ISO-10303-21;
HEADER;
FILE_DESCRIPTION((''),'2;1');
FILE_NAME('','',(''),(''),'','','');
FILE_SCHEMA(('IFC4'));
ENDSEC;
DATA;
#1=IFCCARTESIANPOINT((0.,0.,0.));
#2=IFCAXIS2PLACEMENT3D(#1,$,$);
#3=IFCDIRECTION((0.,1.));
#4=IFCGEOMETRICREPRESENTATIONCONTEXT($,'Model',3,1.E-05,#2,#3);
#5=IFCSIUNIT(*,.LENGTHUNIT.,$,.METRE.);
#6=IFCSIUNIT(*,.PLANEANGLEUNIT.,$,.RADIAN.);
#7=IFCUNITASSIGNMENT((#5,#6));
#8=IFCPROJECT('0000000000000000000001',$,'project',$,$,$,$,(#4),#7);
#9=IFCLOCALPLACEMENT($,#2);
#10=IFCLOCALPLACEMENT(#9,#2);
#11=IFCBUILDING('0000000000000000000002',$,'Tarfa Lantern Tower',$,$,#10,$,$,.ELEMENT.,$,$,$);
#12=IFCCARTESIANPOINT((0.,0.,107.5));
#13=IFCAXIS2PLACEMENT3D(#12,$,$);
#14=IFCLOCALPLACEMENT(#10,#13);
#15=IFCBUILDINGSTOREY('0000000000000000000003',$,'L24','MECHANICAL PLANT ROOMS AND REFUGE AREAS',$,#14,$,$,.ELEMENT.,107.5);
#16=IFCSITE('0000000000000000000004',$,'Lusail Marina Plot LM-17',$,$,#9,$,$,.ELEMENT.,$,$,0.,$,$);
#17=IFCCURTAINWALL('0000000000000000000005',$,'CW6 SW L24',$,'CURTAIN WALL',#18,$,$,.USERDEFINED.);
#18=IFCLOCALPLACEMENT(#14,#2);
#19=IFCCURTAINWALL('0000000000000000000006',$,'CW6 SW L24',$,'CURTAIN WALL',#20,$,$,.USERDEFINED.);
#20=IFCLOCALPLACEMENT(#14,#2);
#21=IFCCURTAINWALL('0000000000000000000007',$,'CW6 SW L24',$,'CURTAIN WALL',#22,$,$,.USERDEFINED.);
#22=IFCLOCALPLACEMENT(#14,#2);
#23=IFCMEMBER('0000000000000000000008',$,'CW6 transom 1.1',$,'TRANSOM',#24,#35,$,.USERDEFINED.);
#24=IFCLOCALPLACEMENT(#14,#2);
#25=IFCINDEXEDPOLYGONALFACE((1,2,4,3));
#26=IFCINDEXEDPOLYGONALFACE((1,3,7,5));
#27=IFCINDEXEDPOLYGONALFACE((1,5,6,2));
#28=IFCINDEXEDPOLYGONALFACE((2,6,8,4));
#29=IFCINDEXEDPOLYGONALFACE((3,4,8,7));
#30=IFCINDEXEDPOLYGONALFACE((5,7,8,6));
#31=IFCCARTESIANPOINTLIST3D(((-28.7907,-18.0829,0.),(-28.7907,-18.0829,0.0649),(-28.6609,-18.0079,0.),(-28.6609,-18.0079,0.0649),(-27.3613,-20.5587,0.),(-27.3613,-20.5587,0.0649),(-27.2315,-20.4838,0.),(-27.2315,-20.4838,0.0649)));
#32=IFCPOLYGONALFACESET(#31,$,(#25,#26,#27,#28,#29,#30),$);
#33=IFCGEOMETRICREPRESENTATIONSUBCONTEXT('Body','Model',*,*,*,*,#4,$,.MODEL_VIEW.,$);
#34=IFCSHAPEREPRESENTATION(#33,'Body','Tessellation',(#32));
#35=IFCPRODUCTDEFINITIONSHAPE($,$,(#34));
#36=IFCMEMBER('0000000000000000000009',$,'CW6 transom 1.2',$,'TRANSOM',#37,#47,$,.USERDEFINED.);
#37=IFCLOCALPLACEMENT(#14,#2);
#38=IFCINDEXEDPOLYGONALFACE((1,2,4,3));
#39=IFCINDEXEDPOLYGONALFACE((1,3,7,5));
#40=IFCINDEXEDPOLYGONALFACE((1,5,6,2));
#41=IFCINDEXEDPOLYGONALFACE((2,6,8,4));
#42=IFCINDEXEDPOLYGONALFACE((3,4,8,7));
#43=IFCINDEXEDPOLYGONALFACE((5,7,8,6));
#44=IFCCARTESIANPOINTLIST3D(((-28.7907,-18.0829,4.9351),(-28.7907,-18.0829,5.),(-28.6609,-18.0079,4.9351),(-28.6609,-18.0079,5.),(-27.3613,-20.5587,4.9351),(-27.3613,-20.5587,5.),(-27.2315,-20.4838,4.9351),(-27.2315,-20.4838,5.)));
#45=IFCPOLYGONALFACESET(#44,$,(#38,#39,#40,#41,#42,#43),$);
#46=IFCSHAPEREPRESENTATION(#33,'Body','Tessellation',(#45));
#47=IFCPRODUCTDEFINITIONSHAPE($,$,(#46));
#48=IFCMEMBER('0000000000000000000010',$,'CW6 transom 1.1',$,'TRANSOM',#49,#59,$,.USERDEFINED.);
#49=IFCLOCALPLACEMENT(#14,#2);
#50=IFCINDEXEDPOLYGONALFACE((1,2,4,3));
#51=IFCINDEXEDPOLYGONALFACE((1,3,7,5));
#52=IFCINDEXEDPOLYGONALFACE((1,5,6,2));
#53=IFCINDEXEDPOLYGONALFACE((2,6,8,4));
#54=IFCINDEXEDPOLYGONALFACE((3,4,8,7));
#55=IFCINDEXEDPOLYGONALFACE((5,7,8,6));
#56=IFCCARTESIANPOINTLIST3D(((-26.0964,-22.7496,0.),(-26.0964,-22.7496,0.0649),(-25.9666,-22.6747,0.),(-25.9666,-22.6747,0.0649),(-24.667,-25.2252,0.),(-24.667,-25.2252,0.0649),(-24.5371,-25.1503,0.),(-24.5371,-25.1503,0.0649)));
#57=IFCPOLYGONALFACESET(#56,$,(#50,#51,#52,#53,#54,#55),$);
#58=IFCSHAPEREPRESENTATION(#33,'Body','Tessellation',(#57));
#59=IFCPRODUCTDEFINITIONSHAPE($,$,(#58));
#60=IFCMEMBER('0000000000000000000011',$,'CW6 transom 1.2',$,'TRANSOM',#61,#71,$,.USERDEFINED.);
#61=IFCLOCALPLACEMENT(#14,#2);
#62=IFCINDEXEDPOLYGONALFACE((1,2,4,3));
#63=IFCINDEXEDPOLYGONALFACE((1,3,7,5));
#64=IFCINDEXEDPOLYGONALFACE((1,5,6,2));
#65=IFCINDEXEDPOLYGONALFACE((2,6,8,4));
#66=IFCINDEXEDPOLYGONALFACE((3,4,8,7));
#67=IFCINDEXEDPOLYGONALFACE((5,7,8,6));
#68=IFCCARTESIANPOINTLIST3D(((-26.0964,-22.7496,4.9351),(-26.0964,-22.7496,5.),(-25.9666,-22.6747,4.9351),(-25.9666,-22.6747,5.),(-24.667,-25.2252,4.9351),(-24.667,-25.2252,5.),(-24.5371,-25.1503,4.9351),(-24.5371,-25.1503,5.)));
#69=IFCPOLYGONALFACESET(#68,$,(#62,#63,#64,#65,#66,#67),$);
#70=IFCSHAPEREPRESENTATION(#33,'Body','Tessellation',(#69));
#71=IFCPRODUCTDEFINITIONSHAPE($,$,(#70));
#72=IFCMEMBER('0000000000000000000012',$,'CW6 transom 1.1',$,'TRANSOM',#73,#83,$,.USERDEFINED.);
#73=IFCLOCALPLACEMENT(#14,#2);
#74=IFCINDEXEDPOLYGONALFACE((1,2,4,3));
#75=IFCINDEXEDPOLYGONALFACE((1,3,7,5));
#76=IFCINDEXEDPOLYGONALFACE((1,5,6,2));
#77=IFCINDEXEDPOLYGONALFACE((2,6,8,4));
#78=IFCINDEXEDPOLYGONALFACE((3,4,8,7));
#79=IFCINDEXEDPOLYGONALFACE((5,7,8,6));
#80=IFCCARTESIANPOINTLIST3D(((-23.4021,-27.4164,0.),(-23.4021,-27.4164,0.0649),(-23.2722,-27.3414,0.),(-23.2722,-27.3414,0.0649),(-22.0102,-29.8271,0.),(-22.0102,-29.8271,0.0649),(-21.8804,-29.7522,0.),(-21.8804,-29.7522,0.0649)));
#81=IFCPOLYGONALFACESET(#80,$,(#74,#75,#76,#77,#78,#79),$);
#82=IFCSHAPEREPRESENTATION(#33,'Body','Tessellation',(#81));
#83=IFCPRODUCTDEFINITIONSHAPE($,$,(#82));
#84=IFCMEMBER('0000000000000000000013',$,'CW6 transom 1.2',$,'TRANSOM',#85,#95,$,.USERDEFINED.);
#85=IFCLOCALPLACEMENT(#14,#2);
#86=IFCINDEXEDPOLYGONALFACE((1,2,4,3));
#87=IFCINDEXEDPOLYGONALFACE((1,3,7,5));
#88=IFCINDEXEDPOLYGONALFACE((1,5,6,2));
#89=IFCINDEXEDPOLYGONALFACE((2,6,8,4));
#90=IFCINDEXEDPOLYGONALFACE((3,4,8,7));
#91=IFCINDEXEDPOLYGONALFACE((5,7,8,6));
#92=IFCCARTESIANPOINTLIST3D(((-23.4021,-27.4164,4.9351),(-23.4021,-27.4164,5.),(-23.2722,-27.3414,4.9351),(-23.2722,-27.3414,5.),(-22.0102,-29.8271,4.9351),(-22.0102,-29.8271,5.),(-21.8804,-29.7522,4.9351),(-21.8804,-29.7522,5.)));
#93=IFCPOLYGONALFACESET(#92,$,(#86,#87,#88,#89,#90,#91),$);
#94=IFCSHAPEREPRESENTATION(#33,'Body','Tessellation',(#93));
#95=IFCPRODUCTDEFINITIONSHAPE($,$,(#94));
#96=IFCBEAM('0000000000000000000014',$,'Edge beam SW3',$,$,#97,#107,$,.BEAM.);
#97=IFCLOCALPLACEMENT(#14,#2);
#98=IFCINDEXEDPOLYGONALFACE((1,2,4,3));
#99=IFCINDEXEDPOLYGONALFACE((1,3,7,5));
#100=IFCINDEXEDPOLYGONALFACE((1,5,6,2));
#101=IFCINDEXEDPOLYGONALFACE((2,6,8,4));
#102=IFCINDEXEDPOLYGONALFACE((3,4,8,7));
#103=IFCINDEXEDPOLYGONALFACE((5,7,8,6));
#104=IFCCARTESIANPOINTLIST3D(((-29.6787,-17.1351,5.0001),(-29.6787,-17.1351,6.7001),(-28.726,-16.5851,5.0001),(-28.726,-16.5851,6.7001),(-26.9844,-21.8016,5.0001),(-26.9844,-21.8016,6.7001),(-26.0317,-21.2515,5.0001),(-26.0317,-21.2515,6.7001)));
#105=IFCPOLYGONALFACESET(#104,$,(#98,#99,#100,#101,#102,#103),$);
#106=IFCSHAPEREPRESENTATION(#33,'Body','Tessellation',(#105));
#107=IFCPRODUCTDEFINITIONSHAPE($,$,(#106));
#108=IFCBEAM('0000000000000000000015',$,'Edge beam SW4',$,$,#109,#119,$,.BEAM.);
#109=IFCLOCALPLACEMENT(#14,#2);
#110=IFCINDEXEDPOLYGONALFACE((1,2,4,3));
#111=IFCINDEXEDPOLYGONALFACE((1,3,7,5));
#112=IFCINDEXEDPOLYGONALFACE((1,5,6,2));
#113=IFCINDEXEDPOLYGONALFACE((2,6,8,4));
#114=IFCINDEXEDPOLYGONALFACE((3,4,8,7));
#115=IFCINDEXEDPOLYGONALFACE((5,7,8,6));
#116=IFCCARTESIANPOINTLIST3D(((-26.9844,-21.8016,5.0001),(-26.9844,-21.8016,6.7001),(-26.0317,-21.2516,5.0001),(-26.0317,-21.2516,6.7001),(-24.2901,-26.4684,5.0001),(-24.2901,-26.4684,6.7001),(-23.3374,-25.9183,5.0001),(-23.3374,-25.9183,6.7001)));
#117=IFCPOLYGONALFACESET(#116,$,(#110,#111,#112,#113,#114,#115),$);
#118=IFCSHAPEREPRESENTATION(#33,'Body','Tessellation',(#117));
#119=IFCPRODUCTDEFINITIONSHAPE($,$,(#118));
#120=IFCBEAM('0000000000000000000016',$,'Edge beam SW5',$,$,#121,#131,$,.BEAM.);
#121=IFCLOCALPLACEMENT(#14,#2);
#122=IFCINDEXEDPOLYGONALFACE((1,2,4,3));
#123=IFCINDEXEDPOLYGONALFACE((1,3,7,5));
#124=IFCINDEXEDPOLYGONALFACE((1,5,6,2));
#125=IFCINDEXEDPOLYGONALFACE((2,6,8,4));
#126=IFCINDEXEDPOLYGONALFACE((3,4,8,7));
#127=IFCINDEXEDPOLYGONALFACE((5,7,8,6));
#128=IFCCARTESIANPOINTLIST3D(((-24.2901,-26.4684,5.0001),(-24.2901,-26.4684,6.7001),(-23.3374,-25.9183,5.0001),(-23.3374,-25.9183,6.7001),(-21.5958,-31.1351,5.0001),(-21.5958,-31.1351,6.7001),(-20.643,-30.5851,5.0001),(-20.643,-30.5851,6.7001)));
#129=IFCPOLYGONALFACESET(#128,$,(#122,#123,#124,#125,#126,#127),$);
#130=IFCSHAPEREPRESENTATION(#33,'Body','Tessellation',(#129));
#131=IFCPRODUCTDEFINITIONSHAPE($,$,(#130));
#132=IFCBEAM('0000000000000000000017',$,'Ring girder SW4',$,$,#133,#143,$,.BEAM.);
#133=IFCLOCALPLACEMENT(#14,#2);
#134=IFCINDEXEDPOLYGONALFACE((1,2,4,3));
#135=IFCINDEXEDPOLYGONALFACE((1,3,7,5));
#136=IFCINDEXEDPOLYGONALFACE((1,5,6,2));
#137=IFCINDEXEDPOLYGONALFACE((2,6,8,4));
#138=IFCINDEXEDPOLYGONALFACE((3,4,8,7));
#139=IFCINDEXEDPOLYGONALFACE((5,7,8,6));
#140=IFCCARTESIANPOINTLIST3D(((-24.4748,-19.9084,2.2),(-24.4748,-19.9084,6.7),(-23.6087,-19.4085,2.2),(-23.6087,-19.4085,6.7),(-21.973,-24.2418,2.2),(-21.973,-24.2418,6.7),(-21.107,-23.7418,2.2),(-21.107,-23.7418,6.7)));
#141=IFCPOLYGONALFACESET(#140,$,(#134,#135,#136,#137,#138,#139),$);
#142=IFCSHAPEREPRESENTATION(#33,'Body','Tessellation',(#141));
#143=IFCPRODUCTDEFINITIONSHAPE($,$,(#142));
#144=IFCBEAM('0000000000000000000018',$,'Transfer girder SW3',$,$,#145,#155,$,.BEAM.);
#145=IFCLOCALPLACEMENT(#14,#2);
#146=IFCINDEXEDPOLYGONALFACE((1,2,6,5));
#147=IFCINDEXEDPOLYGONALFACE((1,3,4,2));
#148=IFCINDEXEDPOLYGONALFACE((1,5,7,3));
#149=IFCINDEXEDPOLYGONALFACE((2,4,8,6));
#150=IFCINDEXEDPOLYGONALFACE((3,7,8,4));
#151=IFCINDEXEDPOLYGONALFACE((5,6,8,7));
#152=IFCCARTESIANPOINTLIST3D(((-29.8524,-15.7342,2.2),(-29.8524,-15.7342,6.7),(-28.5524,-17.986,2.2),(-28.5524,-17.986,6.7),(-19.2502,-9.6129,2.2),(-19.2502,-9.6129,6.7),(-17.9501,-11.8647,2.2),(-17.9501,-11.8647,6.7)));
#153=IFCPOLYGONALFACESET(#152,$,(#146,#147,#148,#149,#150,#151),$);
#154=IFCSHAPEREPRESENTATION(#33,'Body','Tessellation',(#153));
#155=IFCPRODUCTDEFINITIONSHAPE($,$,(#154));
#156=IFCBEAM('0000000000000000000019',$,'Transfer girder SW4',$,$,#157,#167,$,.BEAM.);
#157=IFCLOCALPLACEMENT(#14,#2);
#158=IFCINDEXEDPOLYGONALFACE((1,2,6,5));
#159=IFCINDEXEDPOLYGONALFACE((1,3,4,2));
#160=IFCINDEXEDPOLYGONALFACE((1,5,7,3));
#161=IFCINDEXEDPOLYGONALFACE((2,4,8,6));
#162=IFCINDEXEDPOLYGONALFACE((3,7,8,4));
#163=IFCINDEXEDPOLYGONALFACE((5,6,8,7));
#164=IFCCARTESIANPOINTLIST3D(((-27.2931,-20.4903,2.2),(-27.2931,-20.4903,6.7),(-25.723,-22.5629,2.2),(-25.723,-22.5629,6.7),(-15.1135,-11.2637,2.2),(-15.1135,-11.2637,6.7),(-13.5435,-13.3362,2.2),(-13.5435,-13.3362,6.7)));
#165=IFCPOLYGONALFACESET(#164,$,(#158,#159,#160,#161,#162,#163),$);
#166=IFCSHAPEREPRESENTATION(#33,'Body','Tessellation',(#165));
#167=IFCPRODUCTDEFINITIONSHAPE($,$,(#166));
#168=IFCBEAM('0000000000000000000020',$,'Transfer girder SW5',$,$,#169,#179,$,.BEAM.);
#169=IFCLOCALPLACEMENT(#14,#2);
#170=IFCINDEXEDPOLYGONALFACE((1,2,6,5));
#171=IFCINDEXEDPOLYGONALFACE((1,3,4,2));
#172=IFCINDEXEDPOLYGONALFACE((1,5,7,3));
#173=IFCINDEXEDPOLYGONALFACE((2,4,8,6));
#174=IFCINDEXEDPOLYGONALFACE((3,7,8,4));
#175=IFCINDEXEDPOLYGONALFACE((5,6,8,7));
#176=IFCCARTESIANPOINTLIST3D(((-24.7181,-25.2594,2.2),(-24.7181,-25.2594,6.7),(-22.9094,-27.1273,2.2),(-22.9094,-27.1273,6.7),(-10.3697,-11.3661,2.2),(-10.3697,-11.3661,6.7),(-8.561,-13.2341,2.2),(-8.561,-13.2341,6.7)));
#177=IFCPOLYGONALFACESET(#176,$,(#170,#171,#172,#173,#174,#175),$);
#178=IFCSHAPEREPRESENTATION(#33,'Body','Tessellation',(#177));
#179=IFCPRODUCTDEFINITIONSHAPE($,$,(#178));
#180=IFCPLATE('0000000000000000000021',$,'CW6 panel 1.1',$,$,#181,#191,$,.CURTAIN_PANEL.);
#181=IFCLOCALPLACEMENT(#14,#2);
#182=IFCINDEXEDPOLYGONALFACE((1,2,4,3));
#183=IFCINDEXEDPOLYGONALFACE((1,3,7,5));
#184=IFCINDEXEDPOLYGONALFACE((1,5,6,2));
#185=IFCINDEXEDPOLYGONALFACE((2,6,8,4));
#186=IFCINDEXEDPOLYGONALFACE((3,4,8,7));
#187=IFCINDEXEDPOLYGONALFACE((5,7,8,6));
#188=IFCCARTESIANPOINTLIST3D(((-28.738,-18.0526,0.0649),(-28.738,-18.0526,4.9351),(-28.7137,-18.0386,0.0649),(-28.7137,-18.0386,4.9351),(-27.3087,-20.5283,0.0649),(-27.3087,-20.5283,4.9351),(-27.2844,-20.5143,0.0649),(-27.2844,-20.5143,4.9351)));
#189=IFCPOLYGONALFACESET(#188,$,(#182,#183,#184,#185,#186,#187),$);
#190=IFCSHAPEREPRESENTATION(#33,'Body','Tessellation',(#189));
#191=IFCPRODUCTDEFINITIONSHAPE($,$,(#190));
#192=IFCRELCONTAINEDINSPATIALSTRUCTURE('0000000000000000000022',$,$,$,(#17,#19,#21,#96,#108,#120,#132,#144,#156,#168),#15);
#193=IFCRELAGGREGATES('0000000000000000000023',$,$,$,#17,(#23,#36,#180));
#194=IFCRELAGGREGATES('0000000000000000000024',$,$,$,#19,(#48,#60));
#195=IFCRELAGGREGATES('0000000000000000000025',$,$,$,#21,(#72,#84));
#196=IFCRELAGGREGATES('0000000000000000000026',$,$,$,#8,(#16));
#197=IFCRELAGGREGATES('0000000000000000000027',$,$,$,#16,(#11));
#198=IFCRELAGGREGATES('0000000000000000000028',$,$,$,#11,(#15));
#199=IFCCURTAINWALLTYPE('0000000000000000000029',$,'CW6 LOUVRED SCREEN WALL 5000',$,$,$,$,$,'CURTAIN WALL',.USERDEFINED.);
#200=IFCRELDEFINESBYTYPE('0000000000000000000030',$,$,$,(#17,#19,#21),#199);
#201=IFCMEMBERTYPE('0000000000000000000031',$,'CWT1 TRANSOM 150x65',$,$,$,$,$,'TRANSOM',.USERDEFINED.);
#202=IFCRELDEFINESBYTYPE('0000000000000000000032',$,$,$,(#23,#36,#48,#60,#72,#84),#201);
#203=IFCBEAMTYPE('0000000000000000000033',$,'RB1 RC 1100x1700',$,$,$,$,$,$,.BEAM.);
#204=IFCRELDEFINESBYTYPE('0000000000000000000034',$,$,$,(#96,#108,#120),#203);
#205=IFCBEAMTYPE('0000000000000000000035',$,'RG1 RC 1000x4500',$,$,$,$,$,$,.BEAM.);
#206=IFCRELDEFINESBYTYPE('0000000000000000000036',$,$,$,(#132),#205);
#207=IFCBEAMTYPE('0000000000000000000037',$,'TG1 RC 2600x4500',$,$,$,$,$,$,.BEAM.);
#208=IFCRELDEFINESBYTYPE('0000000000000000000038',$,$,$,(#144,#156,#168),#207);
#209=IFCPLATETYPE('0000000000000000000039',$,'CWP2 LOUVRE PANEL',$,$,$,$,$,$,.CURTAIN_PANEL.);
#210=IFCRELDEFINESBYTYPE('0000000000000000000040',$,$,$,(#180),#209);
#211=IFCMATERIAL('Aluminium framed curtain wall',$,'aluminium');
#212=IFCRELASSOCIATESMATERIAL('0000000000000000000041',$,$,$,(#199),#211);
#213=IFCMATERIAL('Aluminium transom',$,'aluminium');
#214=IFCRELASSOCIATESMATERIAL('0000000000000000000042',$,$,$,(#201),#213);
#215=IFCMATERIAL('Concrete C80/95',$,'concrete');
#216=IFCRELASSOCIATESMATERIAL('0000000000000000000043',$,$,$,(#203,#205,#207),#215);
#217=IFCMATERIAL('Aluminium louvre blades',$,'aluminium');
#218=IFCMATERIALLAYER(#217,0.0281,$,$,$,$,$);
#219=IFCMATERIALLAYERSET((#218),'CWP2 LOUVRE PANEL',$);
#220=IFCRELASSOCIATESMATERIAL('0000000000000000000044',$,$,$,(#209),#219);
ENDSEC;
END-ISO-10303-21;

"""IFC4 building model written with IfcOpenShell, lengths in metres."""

from ifc_helpers import new_model, si_unit, direction, frame, origin, origin_2d, place, context, subcontext, project, spatial, rectangle, extrude, material, layer, layer_set, material_profile, profile_set, type_object, element, aggregate, save


model = new_model("IFC4")

# Units and contexts
model_context = context("Model", 3, precision=1e-05, world=origin(), true_north=direction((0.0, 1.0)))
body_context = subcontext(model_context, "Body", "Model", "MODEL_VIEW")
ifc_project = project(units=[si_unit("LENGTHUNIT", "METRE"), si_unit("PLANEANGLEUNIT", "RADIAN")], contexts=[model_context])

# Site, building, storey
site_placement = place(None, origin())
site = spatial("IfcSite", under=ifc_project, at=site_placement, Name="Lusail Marina Plot LM-17", CompositionType="ELEMENT", RefElevation=0.0)
building_placement = place(site_placement, origin())
building = spatial("IfcBuilding", under=site, at=building_placement, Name="Tarfa Lantern Tower", CompositionType="ELEMENT")
storey_placement = place(building_placement, frame((0.0, 0.0, 107.5)))
storey = spatial("IfcBuildingStorey", under=building, at=storey_placement, Name="L24", Description="MECHANICAL PLANT ROOMS AND REFUGE AREAS", CompositionType="ELEMENT", Elevation=107.5)

# Shared definitions
ifc_material_1 = material(Name="Concrete C80/95", Category="concrete")

# Shared definitions
ifc_material_2 = material(Name="Aluminium framed curtain wall", Category="aluminium")
curtain_wall_type = type_object("IfcCurtainWallType", Name="CW6 LOUVRED SCREEN WALL 5000", ElementType="CURTAIN WALL", PredefinedType="USERDEFINED", material=ifc_material_2)

# Curtain walls
curtain_wall_1_placement = place(storey_placement, origin())
curtain_wall_1 = element("IfcCurtainWall", 1, at=curtain_wall_1_placement, inside=storey, type_object=curtain_wall_type, Name="CW6 SW L24", ObjectType="CURTAIN WALL", PredefinedType="USERDEFINED")
curtain_wall_2_placement = place(storey_placement, origin())
curtain_wall_2 = element("IfcCurtainWall", 2, at=curtain_wall_2_placement, inside=storey, type_object=curtain_wall_type, Name="CW6 SW L24", ObjectType="CURTAIN WALL", PredefinedType="USERDEFINED")
curtain_wall_3_placement = place(storey_placement, origin())
curtain_wall_3 = element("IfcCurtainWall", 3, at=curtain_wall_3_placement, inside=storey, type_object=curtain_wall_type, Name="CW6 SW L24", ObjectType="CURTAIN WALL", PredefinedType="USERDEFINED")

# Members
ifc_material_3 = material(Name="Aluminium transom", Category="aluminium")
ifc_material_profile_1 = material_profile(ifc_material_3, rectangle(XDim=0.1499, YDim=0.0649, at=origin_2d()), Name="AL TRANSOM 150x65")
ifc_profile_set_1 = profile_set([ifc_material_profile_1], Name="Aluminium transom")
member_type_1 = type_object("IfcMemberType", Name="CWT1 TRANSOM 150x65", ElementType="TRANSOM", PredefinedType="USERDEFINED", material=ifc_profile_set_1)
member_1_placement = place(storey_placement, frame((-28.7258, -18.0454, 0.0325), z_axis=(0.500006, -0.866022, 0.0), x_axis=(0.866022, 0.500006, 0.0)))
member_1 = element("IfcMember", 4, at=member_1_placement, type_object=member_type_1, Name="CW6 transom 1.1", ObjectType="TRANSOM", PredefinedType="USERDEFINED", context=body_context, shape_type="SweptSolid", body=[
    extrude(rectangle(XDim=0.1499, YDim=0.0649, at=origin_2d()), origin(), (0.0, 0.0, 1.0), 2.8589),
])
member_2_placement = place(storey_placement, frame((-28.7258, -18.0454, 4.9675), z_axis=(0.500006, -0.866022, 0.0), x_axis=(0.866022, 0.500006, 0.0)))
member_2 = element("IfcMember", 5, at=member_2_placement, type_object=member_type_1, Name="CW6 transom 1.2", ObjectType="TRANSOM", PredefinedType="USERDEFINED", context=body_context, shape_type="SweptSolid", body=[
    extrude(rectangle(XDim=0.1499, YDim=0.0649, at=origin_2d()), origin(), (0.0, 0.0, 1.0), 2.8589),
])
member_3_placement = place(storey_placement, frame((-26.0315, -22.7122, 0.0325), z_axis=(0.500043, -0.866001, 0.0), x_axis=(0.866001, 0.500043, 0.0)))
member_3 = element("IfcMember", 6, at=member_3_placement, type_object=member_type_1, Name="CW6 transom 1.1", ObjectType="TRANSOM", PredefinedType="USERDEFINED", context=body_context, shape_type="SweptSolid", body=[
    extrude(rectangle(XDim=0.1499, YDim=0.0649, at=origin_2d()), origin(), (0.0, 0.0, 1.0), 2.8586),
])
member_4_placement = place(storey_placement, frame((-26.0315, -22.7122, 4.9675), z_axis=(0.500043, -0.866001, 0.0), x_axis=(0.866001, 0.500043, 0.0)))
member_4 = element("IfcMember", 7, at=member_4_placement, type_object=member_type_1, Name="CW6 transom 1.2", ObjectType="TRANSOM", PredefinedType="USERDEFINED", context=body_context, shape_type="SweptSolid", body=[
    extrude(rectangle(XDim=0.1499, YDim=0.0649, at=origin_2d()), origin(), (0.0, 0.0, 1.0), 2.8586),
])
member_5_placement = place(storey_placement, frame((-23.3372, -27.3789, 0.0325), z_axis=(0.500016, -0.866016, 0.0), x_axis=(0.866016, 0.500016, 0.0)))
member_5 = element("IfcMember", 8, at=member_5_placement, type_object=member_type_1, Name="CW6 transom 1.1", ObjectType="TRANSOM", PredefinedType="USERDEFINED", context=body_context, shape_type="SweptSolid", body=[
    extrude(rectangle(XDim=0.1499, YDim=0.0649, at=origin_2d()), origin(), (0.0, 0.0, 1.0), 2.7837),
])
member_6_placement = place(storey_placement, frame((-23.3372, -27.3789, 4.9675), z_axis=(0.500016, -0.866016, 0.0), x_axis=(0.866016, 0.500016, 0.0)))
member_6 = element("IfcMember", 9, at=member_6_placement, type_object=member_type_1, Name="CW6 transom 1.2", ObjectType="TRANSOM", PredefinedType="USERDEFINED", context=body_context, shape_type="SweptSolid", body=[
    extrude(rectangle(XDim=0.1499, YDim=0.0649, at=origin_2d()), origin(), (0.0, 0.0, 1.0), 2.7837),
])

# Beams
ifc_material_profile_2 = material_profile(ifc_material_1, rectangle(XDim=1.1001, YDim=1.7, at=origin_2d()), Name="RC 1100x1700")
ifc_profile_set_2 = profile_set([ifc_material_profile_2], Name="Concrete C80/95")
beam_type_1 = type_object("IfcBeamType", Name="RB1 RC 1100x1700", PredefinedType="BEAM", material=ifc_profile_set_2)
beam_1_placement = place(storey_placement, frame((-29.2024, -16.8601, 5.8501), z_axis=(0.500018, -0.866015, 0.0), x_axis=(0.866015, 0.500018, 0.0)))
element("IfcBeam", 10, at=beam_1_placement, inside=storey, type_object=beam_type_1, Name="Edge beam SW3", PredefinedType="BEAM", context=body_context, shape_type="SweptSolid", body=[
    extrude(rectangle(XDim=1.1001, YDim=1.7, at=origin_2d()), origin(), (0.0, 0.0, 1.0), 5.3884),
])
for number, where, z_axis, x_axis, name in (
    (11, (-26.5081, -21.5266, 5.8501), (0.499998, -0.866026, 0.0), (0.866026, 0.499998, 0.0), "Edge beam SW4"),
    (12, (-23.8137, -26.1934, 5.8501), (0.499998, -0.866026, 0.0), (0.866026, 0.499998, 0.0), "Edge beam SW5"),
):
    element("IfcBeam", number, at=place(storey_placement, frame(where, z_axis=z_axis, x_axis=x_axis)), inside=storey, type_object=beam_type_1, Name=name, PredefinedType="BEAM", context=body_context, shape_type="SweptSolid", body=[
        extrude(rectangle(XDim=1.1001, YDim=1.7, at=origin_2d()), origin(), (0.0, 0.0, 1.0), 5.3887),
    ])
ifc_material_profile_3 = material_profile(ifc_material_1, rectangle(XDim=1.0, YDim=4.5, at=origin_2d()), Name="RC 1000x4500")
ifc_profile_set_3 = profile_set([ifc_material_profile_3], Name="Concrete C80/95")
beam_type_2 = type_object("IfcBeamType", Name="RG1 RC 1000x4500", PredefinedType="BEAM", material=ifc_profile_set_3)
beam_2_placement = place(storey_placement, frame((-24.0417, -19.6584, 4.45), z_axis=(0.499986, -0.866034, 0.0), x_axis=(0.866034, 0.499986, 0.0)))
element("IfcBeam", 13, at=beam_2_placement, inside=storey, type_object=beam_type_2, Name="Ring girder SW4", PredefinedType="BEAM", context=body_context, shape_type="SweptSolid", body=[
    extrude(rectangle(XDim=1.0, YDim=4.5, at=origin_2d()), origin(), (0.0, 0.0, 1.0), 5.0037),
])
ifc_material_profile_4 = material_profile(ifc_material_1, rectangle(XDim=2.6001, YDim=4.5, at=origin_2d()), Name="RC 2600x4500")
ifc_profile_set_4 = profile_set([ifc_material_profile_4], Name="Concrete C80/95")
beam_type_3 = type_object("IfcBeamType", Name="TG1 RC 2600x4500", PredefinedType="BEAM", material=ifc_profile_set_4)
beam_3_placement = place(storey_placement, frame((-29.2024, -16.8601, 4.45), z_axis=(0.866022, 0.500006, 0.0), x_axis=(-0.500006, 0.866022, 0.0)))
element("IfcBeam", 14, at=beam_3_placement, inside=storey, type_object=beam_type_3, Name="Transfer girder SW3", PredefinedType="BEAM", context=body_context, shape_type="SweptSolid", body=[
    extrude(rectangle(XDim=2.6001, YDim=4.5, at=origin_2d()), origin(), (0.0, 0.0, 1.0), 12.2424),
])
beam_4_placement = place(storey_placement, frame((-26.5081, -21.5266, 4.45), z_axis=(0.797101, 0.603846, 0.0), x_axis=(-0.603846, 0.797101, 0.0)))
element("IfcBeam", 15, at=beam_4_placement, inside=storey, type_object=beam_type_3, Name="Transfer girder SW4", PredefinedType="BEAM", context=body_context, shape_type="SweptSolid", body=[
    extrude(rectangle(XDim=2.6001, YDim=4.5, at=origin_2d()), origin(), (0.0, 0.0, 1.0), 15.2798),
])
beam_5_placement = place(storey_placement, frame((-23.8137, -26.1934, 4.45), z_axis=(0.718408, 0.695622, 0.0), x_axis=(-0.695622, 0.718408, 0.0)))
element("IfcBeam", 16, at=beam_5_placement, inside=storey, type_object=beam_type_3, Name="Transfer girder SW5", PredefinedType="BEAM", context=body_context, shape_type="SweptSolid", body=[
    extrude(rectangle(XDim=2.6001, YDim=4.5, at=origin_2d()), origin(), (0.0, 0.0, 1.0), 19.9724),
])

# Plate
ifc_material_4 = material(Name="Aluminium louvre blades", Category="aluminium")
ifc_layer = layer(ifc_material_4, 0.0281)
ifc_layer_set = layer_set([ifc_layer], Name="CWP2 LOUVRE PANEL")
plate_type = type_object("IfcPlateType", Name="CWP2 LOUVRE PANEL", PredefinedType="CURTAIN_PANEL", material=ifc_layer_set)
plate_1_placement = place(storey_placement, frame((-28.0112, -19.2834, 0.0649), z_axis=(0.0, 0.0, 1.0), x_axis=(0.5, -0.866025, 0.0)))
plate_1 = element("IfcPlate", 17, at=plate_1_placement, type_object=plate_type, Name="CW6 panel 1.1", PredefinedType="CURTAIN_PANEL", context=body_context, shape_type="SweptSolid", body=[
    extrude(rectangle(XDim=2.8586, YDim=0.0281, at=origin_2d()), origin(), (0.0, 0.0, 1.0), 4.8701),
])
aggregate(curtain_wall_1, [member_1, member_2, plate_1])
aggregate(curtain_wall_2, [member_3, member_4])
aggregate(curtain_wall_3, [member_5, member_6])

save(model, "model.ifc")
